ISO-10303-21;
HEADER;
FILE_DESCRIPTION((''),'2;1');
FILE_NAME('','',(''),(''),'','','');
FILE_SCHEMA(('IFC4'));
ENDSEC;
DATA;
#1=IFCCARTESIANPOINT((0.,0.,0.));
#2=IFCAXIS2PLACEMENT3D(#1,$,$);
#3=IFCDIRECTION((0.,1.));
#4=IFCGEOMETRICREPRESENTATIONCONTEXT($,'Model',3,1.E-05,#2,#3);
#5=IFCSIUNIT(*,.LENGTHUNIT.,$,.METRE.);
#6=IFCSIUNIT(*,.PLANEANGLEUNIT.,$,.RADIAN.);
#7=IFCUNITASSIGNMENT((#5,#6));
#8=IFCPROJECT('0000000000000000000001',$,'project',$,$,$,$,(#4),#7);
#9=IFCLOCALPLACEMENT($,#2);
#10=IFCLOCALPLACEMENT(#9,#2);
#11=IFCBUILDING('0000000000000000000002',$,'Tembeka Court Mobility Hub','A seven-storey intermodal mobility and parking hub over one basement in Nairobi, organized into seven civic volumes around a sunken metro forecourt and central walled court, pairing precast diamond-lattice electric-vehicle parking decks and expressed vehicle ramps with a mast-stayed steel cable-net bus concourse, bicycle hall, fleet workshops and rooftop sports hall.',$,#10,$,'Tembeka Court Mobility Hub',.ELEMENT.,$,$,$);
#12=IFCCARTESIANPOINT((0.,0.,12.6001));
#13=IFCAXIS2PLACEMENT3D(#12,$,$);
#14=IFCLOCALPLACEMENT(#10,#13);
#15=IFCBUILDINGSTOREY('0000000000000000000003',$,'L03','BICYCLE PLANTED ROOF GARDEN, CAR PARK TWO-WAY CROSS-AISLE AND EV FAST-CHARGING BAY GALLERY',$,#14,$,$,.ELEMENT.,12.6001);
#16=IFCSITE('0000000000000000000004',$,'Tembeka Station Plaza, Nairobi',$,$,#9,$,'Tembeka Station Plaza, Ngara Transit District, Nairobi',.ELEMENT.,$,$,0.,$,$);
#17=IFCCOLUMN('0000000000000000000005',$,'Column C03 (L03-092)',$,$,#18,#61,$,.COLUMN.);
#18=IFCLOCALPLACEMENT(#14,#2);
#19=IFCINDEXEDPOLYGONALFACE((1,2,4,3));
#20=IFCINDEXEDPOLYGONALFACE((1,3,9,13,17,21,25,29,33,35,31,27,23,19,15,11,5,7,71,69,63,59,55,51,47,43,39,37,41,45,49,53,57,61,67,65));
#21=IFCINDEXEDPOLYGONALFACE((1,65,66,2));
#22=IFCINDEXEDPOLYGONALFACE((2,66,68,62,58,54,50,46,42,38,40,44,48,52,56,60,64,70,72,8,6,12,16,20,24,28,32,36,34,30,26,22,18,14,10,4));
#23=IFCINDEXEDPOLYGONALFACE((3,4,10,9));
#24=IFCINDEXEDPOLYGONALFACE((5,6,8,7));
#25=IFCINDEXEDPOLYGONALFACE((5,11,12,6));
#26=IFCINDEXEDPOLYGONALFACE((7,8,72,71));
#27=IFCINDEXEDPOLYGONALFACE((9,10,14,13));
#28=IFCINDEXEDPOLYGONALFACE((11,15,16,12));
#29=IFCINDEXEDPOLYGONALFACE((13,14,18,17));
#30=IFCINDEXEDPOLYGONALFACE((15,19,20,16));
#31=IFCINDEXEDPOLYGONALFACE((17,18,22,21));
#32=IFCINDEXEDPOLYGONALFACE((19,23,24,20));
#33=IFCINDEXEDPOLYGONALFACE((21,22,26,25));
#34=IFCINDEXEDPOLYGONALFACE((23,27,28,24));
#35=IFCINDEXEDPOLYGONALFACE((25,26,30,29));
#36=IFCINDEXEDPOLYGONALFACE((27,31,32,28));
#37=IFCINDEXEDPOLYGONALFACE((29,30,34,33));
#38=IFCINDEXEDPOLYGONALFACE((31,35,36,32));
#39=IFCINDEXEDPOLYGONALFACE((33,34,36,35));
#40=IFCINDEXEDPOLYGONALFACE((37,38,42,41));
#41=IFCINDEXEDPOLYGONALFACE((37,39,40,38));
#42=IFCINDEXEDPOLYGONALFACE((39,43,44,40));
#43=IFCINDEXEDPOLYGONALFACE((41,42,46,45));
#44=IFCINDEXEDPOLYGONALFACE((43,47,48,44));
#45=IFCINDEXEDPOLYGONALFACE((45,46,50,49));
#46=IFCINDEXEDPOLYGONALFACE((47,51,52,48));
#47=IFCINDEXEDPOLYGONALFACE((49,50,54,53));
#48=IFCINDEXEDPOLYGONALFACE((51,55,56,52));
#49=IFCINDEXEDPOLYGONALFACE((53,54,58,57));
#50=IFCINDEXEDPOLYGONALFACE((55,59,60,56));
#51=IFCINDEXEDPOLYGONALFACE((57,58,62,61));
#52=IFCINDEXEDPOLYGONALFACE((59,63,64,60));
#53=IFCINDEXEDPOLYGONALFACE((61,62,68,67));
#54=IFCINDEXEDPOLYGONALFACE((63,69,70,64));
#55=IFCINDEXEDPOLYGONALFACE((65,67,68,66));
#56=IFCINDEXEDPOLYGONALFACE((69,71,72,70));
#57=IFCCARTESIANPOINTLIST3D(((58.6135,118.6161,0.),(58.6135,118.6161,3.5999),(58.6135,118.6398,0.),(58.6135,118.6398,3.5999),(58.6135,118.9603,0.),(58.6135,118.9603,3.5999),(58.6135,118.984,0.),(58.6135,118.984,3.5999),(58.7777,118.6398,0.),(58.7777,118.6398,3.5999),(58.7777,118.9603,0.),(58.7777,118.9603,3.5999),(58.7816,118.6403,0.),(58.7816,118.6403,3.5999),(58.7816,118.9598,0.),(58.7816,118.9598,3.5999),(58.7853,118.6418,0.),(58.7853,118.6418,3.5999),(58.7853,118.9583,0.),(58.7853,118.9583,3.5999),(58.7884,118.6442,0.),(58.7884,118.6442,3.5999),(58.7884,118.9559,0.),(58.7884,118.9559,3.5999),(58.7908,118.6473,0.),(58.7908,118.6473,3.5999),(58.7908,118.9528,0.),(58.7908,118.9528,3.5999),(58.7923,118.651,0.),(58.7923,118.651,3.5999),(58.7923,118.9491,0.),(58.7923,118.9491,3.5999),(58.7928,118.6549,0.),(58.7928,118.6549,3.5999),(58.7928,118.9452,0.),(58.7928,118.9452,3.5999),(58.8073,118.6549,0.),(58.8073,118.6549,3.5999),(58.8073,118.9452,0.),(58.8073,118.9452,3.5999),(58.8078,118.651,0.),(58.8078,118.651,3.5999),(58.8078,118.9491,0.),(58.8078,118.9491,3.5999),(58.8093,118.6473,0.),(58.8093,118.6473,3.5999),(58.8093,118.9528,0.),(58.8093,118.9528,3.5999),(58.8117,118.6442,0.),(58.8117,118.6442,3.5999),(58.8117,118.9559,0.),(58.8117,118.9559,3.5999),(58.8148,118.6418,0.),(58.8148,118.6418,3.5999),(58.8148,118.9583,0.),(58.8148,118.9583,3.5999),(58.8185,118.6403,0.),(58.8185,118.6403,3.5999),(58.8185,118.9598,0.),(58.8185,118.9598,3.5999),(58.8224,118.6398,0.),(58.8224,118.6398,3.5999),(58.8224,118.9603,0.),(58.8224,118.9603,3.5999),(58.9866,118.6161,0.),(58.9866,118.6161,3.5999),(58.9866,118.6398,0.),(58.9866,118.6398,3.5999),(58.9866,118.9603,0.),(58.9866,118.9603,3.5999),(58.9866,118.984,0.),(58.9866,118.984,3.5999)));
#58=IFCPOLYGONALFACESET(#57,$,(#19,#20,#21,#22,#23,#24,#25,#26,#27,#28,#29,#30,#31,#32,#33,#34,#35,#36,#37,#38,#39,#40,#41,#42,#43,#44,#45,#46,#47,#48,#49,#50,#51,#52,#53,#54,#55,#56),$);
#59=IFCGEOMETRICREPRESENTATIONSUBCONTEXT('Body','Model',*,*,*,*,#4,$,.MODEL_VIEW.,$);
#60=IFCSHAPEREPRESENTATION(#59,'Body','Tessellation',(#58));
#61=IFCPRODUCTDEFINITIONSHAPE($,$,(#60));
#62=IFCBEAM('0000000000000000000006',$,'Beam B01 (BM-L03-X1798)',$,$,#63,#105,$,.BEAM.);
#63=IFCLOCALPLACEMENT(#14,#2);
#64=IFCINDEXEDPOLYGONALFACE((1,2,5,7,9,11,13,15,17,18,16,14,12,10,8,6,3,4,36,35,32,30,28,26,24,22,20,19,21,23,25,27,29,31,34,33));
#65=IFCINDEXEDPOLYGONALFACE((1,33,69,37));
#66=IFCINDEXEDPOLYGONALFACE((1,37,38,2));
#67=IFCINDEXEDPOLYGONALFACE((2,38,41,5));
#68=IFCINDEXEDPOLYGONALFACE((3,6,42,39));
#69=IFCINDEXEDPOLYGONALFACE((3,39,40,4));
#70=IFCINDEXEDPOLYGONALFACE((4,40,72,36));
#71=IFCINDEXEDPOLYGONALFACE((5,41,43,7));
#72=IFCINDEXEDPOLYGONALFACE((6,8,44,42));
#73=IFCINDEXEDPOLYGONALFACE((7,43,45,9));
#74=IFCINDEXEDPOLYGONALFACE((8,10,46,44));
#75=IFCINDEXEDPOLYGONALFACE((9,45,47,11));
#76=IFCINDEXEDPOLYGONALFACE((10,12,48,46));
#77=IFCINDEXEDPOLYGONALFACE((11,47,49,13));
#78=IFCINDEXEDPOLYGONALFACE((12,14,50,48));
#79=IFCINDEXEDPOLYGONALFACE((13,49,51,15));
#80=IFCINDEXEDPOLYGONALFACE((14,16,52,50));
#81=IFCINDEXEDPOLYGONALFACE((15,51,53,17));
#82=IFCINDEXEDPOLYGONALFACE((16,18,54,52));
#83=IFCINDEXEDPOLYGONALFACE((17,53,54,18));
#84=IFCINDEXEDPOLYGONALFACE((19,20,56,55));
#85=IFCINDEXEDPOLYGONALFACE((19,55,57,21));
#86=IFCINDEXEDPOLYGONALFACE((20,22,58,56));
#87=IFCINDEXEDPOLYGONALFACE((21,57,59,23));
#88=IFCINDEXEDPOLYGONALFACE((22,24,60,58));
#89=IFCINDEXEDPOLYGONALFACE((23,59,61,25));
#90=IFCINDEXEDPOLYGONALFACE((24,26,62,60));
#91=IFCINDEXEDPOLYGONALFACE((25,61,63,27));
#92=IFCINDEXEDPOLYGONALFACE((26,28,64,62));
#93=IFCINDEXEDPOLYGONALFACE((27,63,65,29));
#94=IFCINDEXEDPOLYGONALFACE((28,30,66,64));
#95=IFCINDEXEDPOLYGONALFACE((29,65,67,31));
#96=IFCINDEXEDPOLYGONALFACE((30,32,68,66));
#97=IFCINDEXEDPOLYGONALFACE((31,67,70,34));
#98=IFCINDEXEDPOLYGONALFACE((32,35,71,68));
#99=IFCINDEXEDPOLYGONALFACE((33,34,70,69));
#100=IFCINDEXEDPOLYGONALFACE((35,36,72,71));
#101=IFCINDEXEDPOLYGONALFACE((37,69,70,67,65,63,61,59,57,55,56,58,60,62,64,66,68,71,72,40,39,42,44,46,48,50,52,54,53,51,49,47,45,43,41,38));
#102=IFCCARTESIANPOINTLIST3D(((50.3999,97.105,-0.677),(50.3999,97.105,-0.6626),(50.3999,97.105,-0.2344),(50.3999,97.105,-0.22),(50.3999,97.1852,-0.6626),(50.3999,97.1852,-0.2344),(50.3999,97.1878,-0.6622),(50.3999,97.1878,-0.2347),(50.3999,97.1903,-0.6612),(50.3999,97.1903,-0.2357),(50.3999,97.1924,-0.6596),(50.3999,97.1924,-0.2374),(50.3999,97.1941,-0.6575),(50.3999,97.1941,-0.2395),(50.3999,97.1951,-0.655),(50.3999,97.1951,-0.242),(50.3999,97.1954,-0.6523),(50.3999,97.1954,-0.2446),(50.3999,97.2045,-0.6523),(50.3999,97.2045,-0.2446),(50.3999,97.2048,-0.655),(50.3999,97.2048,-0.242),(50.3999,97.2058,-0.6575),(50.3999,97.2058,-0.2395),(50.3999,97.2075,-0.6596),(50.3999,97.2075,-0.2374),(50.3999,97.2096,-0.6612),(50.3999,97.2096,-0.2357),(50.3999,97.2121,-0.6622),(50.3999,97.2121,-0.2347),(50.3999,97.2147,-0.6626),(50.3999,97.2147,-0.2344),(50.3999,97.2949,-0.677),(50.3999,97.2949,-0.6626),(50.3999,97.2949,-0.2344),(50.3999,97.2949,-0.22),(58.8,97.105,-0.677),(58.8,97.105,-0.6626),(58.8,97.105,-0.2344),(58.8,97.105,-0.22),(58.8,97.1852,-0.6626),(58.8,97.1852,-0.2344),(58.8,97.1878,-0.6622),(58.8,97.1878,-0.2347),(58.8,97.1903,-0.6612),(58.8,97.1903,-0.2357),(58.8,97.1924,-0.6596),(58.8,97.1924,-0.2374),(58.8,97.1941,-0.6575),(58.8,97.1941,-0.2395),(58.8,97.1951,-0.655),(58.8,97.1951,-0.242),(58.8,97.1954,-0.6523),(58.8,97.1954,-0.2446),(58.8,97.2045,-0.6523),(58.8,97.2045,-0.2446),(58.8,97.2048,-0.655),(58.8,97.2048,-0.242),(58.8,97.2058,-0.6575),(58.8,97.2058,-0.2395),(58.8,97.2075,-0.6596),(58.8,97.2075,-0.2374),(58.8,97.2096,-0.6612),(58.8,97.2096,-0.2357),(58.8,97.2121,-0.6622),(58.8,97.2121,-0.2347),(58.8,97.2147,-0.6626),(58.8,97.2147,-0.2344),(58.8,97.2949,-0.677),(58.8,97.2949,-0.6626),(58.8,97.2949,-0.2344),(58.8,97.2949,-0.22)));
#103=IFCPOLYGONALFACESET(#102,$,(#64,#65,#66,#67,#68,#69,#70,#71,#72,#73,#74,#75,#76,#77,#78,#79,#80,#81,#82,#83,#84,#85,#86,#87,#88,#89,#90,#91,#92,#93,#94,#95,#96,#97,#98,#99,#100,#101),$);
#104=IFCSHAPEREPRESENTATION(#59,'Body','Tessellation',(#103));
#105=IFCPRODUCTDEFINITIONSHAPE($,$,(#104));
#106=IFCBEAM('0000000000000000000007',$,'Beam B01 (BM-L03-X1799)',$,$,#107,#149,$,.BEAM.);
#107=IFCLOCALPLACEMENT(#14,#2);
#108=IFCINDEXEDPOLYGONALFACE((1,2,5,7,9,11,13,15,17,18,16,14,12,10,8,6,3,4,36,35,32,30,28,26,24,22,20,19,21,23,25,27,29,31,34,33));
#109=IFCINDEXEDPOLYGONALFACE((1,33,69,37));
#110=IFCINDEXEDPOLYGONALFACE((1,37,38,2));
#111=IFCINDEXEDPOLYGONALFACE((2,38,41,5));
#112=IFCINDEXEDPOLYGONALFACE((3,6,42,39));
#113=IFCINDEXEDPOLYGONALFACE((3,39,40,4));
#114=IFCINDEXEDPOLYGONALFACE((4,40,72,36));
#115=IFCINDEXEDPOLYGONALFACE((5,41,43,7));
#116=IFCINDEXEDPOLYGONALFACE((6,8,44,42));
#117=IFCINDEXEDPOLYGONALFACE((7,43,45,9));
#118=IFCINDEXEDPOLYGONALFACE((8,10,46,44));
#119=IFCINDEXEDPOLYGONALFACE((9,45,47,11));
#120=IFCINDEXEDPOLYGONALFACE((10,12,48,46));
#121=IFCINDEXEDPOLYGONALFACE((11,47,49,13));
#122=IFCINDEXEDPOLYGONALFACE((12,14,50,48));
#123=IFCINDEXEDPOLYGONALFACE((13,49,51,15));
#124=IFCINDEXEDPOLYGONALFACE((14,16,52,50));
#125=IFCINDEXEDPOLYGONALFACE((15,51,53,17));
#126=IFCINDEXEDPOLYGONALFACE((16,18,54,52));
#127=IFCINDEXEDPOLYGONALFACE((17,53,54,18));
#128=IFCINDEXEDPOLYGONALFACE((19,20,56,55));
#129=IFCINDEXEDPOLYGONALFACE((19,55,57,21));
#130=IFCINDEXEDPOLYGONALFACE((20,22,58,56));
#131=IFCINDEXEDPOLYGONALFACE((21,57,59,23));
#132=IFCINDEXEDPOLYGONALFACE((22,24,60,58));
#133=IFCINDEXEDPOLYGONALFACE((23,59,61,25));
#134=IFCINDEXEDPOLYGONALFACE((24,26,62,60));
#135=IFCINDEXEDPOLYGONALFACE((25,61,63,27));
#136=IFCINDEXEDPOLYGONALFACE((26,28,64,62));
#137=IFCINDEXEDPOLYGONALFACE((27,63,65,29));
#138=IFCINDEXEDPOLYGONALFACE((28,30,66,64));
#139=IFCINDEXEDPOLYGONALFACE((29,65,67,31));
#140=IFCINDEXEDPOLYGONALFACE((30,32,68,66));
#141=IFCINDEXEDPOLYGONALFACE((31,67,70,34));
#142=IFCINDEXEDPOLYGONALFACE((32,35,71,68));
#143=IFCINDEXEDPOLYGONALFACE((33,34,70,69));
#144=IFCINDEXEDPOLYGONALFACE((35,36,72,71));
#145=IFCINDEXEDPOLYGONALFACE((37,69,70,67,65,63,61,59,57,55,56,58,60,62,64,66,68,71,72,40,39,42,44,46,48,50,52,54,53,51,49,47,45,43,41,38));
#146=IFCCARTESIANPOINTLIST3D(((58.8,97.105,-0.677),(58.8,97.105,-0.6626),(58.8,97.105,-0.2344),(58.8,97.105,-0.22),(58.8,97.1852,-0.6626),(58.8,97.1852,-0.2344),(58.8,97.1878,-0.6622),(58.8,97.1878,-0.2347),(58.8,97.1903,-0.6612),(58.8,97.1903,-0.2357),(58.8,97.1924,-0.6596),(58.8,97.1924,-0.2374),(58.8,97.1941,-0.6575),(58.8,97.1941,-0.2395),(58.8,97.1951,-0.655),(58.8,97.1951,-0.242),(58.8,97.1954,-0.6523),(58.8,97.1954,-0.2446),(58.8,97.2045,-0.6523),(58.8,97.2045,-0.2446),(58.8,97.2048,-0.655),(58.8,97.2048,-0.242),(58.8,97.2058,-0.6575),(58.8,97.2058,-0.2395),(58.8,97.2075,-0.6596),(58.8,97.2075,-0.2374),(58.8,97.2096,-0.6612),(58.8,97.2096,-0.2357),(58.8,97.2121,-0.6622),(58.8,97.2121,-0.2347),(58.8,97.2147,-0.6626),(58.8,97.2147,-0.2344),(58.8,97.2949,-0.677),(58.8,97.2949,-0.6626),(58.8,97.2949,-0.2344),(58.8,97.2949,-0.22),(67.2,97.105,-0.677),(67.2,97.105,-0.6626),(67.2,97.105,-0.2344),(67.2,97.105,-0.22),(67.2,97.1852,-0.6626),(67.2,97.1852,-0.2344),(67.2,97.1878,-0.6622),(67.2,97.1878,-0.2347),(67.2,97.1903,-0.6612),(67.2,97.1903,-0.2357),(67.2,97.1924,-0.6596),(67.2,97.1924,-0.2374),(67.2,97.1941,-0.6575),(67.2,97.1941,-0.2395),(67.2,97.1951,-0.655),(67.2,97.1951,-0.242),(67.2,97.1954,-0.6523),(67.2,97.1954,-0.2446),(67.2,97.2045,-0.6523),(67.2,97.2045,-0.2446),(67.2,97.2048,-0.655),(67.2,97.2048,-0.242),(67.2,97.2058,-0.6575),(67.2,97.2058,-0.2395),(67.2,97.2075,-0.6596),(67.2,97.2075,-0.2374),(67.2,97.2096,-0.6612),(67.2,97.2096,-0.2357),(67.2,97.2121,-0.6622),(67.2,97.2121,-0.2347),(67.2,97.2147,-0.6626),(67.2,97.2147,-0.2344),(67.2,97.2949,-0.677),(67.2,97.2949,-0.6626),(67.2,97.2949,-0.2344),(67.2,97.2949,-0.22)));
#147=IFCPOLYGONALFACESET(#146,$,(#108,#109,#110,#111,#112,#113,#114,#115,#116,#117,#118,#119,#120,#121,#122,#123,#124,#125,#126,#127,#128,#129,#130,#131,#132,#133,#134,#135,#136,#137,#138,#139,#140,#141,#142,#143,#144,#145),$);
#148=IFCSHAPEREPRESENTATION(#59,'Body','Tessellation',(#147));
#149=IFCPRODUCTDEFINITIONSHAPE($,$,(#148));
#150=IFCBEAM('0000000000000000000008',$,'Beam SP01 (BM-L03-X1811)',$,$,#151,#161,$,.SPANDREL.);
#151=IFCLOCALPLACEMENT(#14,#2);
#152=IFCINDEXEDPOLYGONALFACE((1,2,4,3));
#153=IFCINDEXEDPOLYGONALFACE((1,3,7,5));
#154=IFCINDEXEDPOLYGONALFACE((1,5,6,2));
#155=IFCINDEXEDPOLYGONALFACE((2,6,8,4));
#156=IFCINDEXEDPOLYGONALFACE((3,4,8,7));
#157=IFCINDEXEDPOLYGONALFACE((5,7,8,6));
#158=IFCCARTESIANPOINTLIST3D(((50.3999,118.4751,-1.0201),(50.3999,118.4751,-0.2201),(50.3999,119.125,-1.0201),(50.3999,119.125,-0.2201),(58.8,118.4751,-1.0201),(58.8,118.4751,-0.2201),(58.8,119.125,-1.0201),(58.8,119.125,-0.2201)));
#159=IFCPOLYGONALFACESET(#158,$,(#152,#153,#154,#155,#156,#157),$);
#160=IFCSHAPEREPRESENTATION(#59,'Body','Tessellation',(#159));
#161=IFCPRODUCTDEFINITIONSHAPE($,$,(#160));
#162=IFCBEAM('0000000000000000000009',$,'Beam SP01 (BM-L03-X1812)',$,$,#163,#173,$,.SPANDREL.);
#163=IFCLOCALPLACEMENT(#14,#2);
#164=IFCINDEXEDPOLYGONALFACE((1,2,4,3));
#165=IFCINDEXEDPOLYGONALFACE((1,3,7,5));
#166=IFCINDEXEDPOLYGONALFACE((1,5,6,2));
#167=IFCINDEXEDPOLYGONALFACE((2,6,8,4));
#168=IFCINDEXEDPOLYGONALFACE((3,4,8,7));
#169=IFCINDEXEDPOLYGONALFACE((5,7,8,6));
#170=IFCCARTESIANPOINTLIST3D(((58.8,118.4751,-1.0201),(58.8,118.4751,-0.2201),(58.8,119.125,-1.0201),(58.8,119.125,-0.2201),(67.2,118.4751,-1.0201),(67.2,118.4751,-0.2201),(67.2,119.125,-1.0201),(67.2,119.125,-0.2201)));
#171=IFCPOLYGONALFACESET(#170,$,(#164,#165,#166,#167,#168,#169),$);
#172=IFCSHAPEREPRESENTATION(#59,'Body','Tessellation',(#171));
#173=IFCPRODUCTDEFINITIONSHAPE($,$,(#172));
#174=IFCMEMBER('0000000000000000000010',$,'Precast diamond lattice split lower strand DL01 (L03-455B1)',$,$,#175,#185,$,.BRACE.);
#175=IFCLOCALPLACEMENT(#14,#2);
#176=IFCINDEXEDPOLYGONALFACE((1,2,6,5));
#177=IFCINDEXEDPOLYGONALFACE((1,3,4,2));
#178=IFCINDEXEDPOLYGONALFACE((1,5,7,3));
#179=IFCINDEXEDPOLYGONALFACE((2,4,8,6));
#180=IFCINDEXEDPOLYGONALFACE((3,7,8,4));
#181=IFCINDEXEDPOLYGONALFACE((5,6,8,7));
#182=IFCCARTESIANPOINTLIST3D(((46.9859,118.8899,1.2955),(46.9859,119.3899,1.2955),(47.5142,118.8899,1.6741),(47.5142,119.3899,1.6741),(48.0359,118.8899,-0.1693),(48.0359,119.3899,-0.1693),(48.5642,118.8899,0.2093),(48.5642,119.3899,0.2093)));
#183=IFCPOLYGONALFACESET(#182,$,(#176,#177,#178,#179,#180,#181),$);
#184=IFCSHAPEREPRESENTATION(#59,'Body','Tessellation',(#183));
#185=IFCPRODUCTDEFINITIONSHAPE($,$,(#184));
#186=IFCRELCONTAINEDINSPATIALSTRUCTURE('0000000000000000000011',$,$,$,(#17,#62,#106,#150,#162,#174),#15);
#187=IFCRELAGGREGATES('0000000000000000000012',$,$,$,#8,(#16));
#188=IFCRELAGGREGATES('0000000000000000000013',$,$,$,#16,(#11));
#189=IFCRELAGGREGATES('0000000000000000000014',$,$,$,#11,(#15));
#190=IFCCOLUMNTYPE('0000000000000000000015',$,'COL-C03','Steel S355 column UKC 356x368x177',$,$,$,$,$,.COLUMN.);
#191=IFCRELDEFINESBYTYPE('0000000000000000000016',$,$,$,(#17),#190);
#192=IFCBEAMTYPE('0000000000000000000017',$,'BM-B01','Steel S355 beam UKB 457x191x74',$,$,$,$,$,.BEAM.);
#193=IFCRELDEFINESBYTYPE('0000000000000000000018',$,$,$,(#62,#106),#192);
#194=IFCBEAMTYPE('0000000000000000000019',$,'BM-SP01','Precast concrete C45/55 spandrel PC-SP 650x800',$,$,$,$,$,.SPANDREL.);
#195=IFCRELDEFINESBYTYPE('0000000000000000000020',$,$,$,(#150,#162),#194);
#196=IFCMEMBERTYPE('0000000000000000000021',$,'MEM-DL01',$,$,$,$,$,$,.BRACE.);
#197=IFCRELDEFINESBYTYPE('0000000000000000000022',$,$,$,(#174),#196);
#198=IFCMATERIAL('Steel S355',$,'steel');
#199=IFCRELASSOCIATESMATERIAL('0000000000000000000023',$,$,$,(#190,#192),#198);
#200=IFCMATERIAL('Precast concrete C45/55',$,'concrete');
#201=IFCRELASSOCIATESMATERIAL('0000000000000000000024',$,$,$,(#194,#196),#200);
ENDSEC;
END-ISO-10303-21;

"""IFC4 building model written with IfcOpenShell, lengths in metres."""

from ifc_helpers import new_model, si_unit, direction, frame, origin, origin_2d, place, context, subcontext, project, spatial, rectangle, i_section, extrude, material, material_profile, profile_set, type_object, element, save


model = new_model("IFC4")

# Units and contexts
model_context = context("Model", 3, precision=1e-05, world=origin(), true_north=direction((0.0, 1.0)))
body_context = subcontext(model_context, "Body", "Model", "MODEL_VIEW")
ifc_project = project(units=[si_unit("LENGTHUNIT", "METRE"), si_unit("PLANEANGLEUNIT", "RADIAN")], contexts=[model_context])

# Site, building, storey
site_placement = place(None, origin())
site = spatial("IfcSite", under=ifc_project, at=site_placement, Name="Tembeka Station Plaza, Nairobi", LongName="Tembeka Station Plaza, Ngara Transit District, Nairobi", CompositionType="ELEMENT", RefElevation=0.0)
building_placement = place(site_placement, origin())
building = spatial("IfcBuilding", under=site, at=building_placement, Name="Tembeka Court Mobility Hub", Description="A seven-storey intermodal mobility and parking hub over one basement in Nairobi, organized into seven civic volumes around a sunken metro forecourt and central walled court, pairing precast diamond-lattice electric-vehicle parking decks and expressed vehicle ramps with a mast-stayed steel cable-net bus concourse, bicycle hall, fleet workshops and rooftop sports hall.", LongName="Tembeka Court Mobility Hub", CompositionType="ELEMENT")
storey_placement = place(building_placement, frame((0.0, 0.0, 12.6001)))
storey = spatial("IfcBuildingStorey", under=building, at=storey_placement, Name="L03", Description="BICYCLE PLANTED ROOF GARDEN, CAR PARK TWO-WAY CROSS-AISLE AND EV FAST-CHARGING BAY GALLERY", CompositionType="ELEMENT", Elevation=12.6001)

# Column
ifc_material_1 = material(Name="Steel S355", Category="steel")
ifc_material_profile_1 = material_profile(ifc_material_1, i_section(OverallWidth=0.373, OverallDepth=0.3679, WebThickness=0.0144, FlangeThickness=0.0237, FilletRadius=0.0151, at=origin_2d()), Name="UKC 356x368x177")
ifc_profile_set_1 = profile_set([ifc_material_profile_1], Name="Steel S355")
column_type = type_object("IfcColumnType", Name="COL-C03", Description="Steel S355 column UKC 356x368x177", PredefinedType="COLUMN", material=ifc_profile_set_1)
for number, where, z_axis, x_axis, name in (
    (1, (58.8, 118.8, 0.0), (0.0, 0.0, 1.0), (1.0, 0.0, 0.0), "Column C03 (L03-092)"),
):
    element("IfcColumn", number, at=place(storey_placement, frame(where, z_axis=z_axis, x_axis=x_axis)), inside=storey, type_object=column_type, Name=name, PredefinedType="COLUMN", context=body_context, shape_type="SweptSolid", body=[
        extrude(i_section(OverallWidth=0.373, OverallDepth=0.3679, WebThickness=0.0144, FlangeThickness=0.0237, FilletRadius=0.0151, at=origin_2d()), origin(), (0.0, 0.0, 1.0), 3.5999),
    ])

# Beams
ifc_material_profile_2 = material_profile(ifc_material_1, i_section(OverallWidth=0.1899, OverallDepth=0.457, WebThickness=0.009, FlangeThickness=0.0144, FilletRadius=0.0103, at=origin_2d()), Name="UKB 457x191x74")
ifc_profile_set_2 = profile_set([ifc_material_profile_2], Name="Steel S355")
beam_type_1 = type_object("IfcBeamType", Name="BM-B01", Description="Steel S355 beam UKB 457x191x74", PredefinedType="BEAM", material=ifc_profile_set_2)
beam_1_placement = place(storey_placement, frame((50.3999, 97.2, -0.4485), z_axis=(1.0, 0.0, 0.0), x_axis=(0.0, 1.0, 0.0)))
element("IfcBeam", 2, at=beam_1_placement, inside=storey, type_object=beam_type_1, Name="Beam B01 (BM-L03-X1798)", PredefinedType="BEAM", context=body_context, shape_type="SweptSolid", body=[
    extrude(i_section(OverallWidth=0.1899, OverallDepth=0.457, WebThickness=0.009, FlangeThickness=0.0144, FilletRadius=0.0103, at=origin_2d()), origin(), (0.0, 0.0, 1.0), 8.4001),
])
beam_2_placement = place(storey_placement, frame((58.8, 97.2, -0.4485), z_axis=(1.0, 0.0, 0.0), x_axis=(0.0, 1.0, 0.0)))
element("IfcBeam", 3, at=beam_2_placement, inside=storey, type_object=beam_type_1, Name="Beam B01 (BM-L03-X1799)", PredefinedType="BEAM", context=body_context, shape_type="SweptSolid", body=[
    extrude(i_section(OverallWidth=0.1899, OverallDepth=0.457, WebThickness=0.009, FlangeThickness=0.0144, FilletRadius=0.0103, at=origin_2d()), origin(), (0.0, 0.0, 1.0), 8.3999),
])
ifc_material_2 = material(Name="Precast concrete C45/55", Category="concrete")
ifc_material_profile_3 = material_profile(ifc_material_2, rectangle(XDim=0.6499, YDim=0.8, at=origin_2d()), Name="PC-SP 650x800")
ifc_profile_set_3 = profile_set([ifc_material_profile_3], Name="Precast concrete C45/55")
beam_type_2 = type_object("IfcBeamType", Name="BM-SP01", Description="Precast concrete C45/55 spandrel PC-SP 650x800", PredefinedType="SPANDREL", material=ifc_profile_set_3)
beam_3_placement = place(storey_placement, frame((50.3999, 118.8, -0.6201), z_axis=(1.0, 0.0, 0.0), x_axis=(0.0, 1.0, 0.0)))
element("IfcBeam", 4, at=beam_3_placement, inside=storey, type_object=beam_type_2, Name="Beam SP01 (BM-L03-X1811)", PredefinedType="SPANDREL", context=body_context, shape_type="SweptSolid", body=[
    extrude(rectangle(XDim=0.6499, YDim=0.8, at=origin_2d()), origin(), (0.0, 0.0, 1.0), 8.4001),
])
beam_4_placement = place(storey_placement, frame((58.8, 118.8, -0.6201), z_axis=(1.0, 0.0, 0.0), x_axis=(0.0, 1.0, 0.0)))
element("IfcBeam", 5, at=beam_4_placement, inside=storey, type_object=beam_type_2, Name="Beam SP01 (BM-L03-X1812)", PredefinedType="SPANDREL", context=body_context, shape_type="SweptSolid", body=[
    extrude(rectangle(XDim=0.6499, YDim=0.8, at=origin_2d()), origin(), (0.0, 0.0, 1.0), 8.3999),
])

# Member
ifc_material_profile_4 = material_profile(ifc_material_2, rectangle(XDim=0.5, YDim=0.6499, at=origin_2d()), Name="PC-DIAG 500x650")
ifc_profile_set_4 = profile_set([ifc_material_profile_4], Name="Precast concrete C45/55")
member_type_1 = type_object("IfcMemberType", Name="MEM-DL01", PredefinedType="BRACE", material=ifc_profile_set_4)
member_1_placement = place(storey_placement, frame((48.3, 119.1399, 0.02), z_axis=(-0.582608, 0.0, 0.812753), x_axis=(0.0, -1.0, 0.0)))
element("IfcMember", 6, at=member_1_placement, inside=storey, type_object=member_type_1, Name="Precast diamond lattice split lower strand DL01 (L03-455B1)", PredefinedType="BRACE", context=body_context, shape_type="SweptSolid", body=[
    extrude(rectangle(XDim=0.5, YDim=0.6499, at=origin_2d()), origin(), (0.0, 0.0, 1.0), 1.8022),
])

save(model, "model.ifc")
